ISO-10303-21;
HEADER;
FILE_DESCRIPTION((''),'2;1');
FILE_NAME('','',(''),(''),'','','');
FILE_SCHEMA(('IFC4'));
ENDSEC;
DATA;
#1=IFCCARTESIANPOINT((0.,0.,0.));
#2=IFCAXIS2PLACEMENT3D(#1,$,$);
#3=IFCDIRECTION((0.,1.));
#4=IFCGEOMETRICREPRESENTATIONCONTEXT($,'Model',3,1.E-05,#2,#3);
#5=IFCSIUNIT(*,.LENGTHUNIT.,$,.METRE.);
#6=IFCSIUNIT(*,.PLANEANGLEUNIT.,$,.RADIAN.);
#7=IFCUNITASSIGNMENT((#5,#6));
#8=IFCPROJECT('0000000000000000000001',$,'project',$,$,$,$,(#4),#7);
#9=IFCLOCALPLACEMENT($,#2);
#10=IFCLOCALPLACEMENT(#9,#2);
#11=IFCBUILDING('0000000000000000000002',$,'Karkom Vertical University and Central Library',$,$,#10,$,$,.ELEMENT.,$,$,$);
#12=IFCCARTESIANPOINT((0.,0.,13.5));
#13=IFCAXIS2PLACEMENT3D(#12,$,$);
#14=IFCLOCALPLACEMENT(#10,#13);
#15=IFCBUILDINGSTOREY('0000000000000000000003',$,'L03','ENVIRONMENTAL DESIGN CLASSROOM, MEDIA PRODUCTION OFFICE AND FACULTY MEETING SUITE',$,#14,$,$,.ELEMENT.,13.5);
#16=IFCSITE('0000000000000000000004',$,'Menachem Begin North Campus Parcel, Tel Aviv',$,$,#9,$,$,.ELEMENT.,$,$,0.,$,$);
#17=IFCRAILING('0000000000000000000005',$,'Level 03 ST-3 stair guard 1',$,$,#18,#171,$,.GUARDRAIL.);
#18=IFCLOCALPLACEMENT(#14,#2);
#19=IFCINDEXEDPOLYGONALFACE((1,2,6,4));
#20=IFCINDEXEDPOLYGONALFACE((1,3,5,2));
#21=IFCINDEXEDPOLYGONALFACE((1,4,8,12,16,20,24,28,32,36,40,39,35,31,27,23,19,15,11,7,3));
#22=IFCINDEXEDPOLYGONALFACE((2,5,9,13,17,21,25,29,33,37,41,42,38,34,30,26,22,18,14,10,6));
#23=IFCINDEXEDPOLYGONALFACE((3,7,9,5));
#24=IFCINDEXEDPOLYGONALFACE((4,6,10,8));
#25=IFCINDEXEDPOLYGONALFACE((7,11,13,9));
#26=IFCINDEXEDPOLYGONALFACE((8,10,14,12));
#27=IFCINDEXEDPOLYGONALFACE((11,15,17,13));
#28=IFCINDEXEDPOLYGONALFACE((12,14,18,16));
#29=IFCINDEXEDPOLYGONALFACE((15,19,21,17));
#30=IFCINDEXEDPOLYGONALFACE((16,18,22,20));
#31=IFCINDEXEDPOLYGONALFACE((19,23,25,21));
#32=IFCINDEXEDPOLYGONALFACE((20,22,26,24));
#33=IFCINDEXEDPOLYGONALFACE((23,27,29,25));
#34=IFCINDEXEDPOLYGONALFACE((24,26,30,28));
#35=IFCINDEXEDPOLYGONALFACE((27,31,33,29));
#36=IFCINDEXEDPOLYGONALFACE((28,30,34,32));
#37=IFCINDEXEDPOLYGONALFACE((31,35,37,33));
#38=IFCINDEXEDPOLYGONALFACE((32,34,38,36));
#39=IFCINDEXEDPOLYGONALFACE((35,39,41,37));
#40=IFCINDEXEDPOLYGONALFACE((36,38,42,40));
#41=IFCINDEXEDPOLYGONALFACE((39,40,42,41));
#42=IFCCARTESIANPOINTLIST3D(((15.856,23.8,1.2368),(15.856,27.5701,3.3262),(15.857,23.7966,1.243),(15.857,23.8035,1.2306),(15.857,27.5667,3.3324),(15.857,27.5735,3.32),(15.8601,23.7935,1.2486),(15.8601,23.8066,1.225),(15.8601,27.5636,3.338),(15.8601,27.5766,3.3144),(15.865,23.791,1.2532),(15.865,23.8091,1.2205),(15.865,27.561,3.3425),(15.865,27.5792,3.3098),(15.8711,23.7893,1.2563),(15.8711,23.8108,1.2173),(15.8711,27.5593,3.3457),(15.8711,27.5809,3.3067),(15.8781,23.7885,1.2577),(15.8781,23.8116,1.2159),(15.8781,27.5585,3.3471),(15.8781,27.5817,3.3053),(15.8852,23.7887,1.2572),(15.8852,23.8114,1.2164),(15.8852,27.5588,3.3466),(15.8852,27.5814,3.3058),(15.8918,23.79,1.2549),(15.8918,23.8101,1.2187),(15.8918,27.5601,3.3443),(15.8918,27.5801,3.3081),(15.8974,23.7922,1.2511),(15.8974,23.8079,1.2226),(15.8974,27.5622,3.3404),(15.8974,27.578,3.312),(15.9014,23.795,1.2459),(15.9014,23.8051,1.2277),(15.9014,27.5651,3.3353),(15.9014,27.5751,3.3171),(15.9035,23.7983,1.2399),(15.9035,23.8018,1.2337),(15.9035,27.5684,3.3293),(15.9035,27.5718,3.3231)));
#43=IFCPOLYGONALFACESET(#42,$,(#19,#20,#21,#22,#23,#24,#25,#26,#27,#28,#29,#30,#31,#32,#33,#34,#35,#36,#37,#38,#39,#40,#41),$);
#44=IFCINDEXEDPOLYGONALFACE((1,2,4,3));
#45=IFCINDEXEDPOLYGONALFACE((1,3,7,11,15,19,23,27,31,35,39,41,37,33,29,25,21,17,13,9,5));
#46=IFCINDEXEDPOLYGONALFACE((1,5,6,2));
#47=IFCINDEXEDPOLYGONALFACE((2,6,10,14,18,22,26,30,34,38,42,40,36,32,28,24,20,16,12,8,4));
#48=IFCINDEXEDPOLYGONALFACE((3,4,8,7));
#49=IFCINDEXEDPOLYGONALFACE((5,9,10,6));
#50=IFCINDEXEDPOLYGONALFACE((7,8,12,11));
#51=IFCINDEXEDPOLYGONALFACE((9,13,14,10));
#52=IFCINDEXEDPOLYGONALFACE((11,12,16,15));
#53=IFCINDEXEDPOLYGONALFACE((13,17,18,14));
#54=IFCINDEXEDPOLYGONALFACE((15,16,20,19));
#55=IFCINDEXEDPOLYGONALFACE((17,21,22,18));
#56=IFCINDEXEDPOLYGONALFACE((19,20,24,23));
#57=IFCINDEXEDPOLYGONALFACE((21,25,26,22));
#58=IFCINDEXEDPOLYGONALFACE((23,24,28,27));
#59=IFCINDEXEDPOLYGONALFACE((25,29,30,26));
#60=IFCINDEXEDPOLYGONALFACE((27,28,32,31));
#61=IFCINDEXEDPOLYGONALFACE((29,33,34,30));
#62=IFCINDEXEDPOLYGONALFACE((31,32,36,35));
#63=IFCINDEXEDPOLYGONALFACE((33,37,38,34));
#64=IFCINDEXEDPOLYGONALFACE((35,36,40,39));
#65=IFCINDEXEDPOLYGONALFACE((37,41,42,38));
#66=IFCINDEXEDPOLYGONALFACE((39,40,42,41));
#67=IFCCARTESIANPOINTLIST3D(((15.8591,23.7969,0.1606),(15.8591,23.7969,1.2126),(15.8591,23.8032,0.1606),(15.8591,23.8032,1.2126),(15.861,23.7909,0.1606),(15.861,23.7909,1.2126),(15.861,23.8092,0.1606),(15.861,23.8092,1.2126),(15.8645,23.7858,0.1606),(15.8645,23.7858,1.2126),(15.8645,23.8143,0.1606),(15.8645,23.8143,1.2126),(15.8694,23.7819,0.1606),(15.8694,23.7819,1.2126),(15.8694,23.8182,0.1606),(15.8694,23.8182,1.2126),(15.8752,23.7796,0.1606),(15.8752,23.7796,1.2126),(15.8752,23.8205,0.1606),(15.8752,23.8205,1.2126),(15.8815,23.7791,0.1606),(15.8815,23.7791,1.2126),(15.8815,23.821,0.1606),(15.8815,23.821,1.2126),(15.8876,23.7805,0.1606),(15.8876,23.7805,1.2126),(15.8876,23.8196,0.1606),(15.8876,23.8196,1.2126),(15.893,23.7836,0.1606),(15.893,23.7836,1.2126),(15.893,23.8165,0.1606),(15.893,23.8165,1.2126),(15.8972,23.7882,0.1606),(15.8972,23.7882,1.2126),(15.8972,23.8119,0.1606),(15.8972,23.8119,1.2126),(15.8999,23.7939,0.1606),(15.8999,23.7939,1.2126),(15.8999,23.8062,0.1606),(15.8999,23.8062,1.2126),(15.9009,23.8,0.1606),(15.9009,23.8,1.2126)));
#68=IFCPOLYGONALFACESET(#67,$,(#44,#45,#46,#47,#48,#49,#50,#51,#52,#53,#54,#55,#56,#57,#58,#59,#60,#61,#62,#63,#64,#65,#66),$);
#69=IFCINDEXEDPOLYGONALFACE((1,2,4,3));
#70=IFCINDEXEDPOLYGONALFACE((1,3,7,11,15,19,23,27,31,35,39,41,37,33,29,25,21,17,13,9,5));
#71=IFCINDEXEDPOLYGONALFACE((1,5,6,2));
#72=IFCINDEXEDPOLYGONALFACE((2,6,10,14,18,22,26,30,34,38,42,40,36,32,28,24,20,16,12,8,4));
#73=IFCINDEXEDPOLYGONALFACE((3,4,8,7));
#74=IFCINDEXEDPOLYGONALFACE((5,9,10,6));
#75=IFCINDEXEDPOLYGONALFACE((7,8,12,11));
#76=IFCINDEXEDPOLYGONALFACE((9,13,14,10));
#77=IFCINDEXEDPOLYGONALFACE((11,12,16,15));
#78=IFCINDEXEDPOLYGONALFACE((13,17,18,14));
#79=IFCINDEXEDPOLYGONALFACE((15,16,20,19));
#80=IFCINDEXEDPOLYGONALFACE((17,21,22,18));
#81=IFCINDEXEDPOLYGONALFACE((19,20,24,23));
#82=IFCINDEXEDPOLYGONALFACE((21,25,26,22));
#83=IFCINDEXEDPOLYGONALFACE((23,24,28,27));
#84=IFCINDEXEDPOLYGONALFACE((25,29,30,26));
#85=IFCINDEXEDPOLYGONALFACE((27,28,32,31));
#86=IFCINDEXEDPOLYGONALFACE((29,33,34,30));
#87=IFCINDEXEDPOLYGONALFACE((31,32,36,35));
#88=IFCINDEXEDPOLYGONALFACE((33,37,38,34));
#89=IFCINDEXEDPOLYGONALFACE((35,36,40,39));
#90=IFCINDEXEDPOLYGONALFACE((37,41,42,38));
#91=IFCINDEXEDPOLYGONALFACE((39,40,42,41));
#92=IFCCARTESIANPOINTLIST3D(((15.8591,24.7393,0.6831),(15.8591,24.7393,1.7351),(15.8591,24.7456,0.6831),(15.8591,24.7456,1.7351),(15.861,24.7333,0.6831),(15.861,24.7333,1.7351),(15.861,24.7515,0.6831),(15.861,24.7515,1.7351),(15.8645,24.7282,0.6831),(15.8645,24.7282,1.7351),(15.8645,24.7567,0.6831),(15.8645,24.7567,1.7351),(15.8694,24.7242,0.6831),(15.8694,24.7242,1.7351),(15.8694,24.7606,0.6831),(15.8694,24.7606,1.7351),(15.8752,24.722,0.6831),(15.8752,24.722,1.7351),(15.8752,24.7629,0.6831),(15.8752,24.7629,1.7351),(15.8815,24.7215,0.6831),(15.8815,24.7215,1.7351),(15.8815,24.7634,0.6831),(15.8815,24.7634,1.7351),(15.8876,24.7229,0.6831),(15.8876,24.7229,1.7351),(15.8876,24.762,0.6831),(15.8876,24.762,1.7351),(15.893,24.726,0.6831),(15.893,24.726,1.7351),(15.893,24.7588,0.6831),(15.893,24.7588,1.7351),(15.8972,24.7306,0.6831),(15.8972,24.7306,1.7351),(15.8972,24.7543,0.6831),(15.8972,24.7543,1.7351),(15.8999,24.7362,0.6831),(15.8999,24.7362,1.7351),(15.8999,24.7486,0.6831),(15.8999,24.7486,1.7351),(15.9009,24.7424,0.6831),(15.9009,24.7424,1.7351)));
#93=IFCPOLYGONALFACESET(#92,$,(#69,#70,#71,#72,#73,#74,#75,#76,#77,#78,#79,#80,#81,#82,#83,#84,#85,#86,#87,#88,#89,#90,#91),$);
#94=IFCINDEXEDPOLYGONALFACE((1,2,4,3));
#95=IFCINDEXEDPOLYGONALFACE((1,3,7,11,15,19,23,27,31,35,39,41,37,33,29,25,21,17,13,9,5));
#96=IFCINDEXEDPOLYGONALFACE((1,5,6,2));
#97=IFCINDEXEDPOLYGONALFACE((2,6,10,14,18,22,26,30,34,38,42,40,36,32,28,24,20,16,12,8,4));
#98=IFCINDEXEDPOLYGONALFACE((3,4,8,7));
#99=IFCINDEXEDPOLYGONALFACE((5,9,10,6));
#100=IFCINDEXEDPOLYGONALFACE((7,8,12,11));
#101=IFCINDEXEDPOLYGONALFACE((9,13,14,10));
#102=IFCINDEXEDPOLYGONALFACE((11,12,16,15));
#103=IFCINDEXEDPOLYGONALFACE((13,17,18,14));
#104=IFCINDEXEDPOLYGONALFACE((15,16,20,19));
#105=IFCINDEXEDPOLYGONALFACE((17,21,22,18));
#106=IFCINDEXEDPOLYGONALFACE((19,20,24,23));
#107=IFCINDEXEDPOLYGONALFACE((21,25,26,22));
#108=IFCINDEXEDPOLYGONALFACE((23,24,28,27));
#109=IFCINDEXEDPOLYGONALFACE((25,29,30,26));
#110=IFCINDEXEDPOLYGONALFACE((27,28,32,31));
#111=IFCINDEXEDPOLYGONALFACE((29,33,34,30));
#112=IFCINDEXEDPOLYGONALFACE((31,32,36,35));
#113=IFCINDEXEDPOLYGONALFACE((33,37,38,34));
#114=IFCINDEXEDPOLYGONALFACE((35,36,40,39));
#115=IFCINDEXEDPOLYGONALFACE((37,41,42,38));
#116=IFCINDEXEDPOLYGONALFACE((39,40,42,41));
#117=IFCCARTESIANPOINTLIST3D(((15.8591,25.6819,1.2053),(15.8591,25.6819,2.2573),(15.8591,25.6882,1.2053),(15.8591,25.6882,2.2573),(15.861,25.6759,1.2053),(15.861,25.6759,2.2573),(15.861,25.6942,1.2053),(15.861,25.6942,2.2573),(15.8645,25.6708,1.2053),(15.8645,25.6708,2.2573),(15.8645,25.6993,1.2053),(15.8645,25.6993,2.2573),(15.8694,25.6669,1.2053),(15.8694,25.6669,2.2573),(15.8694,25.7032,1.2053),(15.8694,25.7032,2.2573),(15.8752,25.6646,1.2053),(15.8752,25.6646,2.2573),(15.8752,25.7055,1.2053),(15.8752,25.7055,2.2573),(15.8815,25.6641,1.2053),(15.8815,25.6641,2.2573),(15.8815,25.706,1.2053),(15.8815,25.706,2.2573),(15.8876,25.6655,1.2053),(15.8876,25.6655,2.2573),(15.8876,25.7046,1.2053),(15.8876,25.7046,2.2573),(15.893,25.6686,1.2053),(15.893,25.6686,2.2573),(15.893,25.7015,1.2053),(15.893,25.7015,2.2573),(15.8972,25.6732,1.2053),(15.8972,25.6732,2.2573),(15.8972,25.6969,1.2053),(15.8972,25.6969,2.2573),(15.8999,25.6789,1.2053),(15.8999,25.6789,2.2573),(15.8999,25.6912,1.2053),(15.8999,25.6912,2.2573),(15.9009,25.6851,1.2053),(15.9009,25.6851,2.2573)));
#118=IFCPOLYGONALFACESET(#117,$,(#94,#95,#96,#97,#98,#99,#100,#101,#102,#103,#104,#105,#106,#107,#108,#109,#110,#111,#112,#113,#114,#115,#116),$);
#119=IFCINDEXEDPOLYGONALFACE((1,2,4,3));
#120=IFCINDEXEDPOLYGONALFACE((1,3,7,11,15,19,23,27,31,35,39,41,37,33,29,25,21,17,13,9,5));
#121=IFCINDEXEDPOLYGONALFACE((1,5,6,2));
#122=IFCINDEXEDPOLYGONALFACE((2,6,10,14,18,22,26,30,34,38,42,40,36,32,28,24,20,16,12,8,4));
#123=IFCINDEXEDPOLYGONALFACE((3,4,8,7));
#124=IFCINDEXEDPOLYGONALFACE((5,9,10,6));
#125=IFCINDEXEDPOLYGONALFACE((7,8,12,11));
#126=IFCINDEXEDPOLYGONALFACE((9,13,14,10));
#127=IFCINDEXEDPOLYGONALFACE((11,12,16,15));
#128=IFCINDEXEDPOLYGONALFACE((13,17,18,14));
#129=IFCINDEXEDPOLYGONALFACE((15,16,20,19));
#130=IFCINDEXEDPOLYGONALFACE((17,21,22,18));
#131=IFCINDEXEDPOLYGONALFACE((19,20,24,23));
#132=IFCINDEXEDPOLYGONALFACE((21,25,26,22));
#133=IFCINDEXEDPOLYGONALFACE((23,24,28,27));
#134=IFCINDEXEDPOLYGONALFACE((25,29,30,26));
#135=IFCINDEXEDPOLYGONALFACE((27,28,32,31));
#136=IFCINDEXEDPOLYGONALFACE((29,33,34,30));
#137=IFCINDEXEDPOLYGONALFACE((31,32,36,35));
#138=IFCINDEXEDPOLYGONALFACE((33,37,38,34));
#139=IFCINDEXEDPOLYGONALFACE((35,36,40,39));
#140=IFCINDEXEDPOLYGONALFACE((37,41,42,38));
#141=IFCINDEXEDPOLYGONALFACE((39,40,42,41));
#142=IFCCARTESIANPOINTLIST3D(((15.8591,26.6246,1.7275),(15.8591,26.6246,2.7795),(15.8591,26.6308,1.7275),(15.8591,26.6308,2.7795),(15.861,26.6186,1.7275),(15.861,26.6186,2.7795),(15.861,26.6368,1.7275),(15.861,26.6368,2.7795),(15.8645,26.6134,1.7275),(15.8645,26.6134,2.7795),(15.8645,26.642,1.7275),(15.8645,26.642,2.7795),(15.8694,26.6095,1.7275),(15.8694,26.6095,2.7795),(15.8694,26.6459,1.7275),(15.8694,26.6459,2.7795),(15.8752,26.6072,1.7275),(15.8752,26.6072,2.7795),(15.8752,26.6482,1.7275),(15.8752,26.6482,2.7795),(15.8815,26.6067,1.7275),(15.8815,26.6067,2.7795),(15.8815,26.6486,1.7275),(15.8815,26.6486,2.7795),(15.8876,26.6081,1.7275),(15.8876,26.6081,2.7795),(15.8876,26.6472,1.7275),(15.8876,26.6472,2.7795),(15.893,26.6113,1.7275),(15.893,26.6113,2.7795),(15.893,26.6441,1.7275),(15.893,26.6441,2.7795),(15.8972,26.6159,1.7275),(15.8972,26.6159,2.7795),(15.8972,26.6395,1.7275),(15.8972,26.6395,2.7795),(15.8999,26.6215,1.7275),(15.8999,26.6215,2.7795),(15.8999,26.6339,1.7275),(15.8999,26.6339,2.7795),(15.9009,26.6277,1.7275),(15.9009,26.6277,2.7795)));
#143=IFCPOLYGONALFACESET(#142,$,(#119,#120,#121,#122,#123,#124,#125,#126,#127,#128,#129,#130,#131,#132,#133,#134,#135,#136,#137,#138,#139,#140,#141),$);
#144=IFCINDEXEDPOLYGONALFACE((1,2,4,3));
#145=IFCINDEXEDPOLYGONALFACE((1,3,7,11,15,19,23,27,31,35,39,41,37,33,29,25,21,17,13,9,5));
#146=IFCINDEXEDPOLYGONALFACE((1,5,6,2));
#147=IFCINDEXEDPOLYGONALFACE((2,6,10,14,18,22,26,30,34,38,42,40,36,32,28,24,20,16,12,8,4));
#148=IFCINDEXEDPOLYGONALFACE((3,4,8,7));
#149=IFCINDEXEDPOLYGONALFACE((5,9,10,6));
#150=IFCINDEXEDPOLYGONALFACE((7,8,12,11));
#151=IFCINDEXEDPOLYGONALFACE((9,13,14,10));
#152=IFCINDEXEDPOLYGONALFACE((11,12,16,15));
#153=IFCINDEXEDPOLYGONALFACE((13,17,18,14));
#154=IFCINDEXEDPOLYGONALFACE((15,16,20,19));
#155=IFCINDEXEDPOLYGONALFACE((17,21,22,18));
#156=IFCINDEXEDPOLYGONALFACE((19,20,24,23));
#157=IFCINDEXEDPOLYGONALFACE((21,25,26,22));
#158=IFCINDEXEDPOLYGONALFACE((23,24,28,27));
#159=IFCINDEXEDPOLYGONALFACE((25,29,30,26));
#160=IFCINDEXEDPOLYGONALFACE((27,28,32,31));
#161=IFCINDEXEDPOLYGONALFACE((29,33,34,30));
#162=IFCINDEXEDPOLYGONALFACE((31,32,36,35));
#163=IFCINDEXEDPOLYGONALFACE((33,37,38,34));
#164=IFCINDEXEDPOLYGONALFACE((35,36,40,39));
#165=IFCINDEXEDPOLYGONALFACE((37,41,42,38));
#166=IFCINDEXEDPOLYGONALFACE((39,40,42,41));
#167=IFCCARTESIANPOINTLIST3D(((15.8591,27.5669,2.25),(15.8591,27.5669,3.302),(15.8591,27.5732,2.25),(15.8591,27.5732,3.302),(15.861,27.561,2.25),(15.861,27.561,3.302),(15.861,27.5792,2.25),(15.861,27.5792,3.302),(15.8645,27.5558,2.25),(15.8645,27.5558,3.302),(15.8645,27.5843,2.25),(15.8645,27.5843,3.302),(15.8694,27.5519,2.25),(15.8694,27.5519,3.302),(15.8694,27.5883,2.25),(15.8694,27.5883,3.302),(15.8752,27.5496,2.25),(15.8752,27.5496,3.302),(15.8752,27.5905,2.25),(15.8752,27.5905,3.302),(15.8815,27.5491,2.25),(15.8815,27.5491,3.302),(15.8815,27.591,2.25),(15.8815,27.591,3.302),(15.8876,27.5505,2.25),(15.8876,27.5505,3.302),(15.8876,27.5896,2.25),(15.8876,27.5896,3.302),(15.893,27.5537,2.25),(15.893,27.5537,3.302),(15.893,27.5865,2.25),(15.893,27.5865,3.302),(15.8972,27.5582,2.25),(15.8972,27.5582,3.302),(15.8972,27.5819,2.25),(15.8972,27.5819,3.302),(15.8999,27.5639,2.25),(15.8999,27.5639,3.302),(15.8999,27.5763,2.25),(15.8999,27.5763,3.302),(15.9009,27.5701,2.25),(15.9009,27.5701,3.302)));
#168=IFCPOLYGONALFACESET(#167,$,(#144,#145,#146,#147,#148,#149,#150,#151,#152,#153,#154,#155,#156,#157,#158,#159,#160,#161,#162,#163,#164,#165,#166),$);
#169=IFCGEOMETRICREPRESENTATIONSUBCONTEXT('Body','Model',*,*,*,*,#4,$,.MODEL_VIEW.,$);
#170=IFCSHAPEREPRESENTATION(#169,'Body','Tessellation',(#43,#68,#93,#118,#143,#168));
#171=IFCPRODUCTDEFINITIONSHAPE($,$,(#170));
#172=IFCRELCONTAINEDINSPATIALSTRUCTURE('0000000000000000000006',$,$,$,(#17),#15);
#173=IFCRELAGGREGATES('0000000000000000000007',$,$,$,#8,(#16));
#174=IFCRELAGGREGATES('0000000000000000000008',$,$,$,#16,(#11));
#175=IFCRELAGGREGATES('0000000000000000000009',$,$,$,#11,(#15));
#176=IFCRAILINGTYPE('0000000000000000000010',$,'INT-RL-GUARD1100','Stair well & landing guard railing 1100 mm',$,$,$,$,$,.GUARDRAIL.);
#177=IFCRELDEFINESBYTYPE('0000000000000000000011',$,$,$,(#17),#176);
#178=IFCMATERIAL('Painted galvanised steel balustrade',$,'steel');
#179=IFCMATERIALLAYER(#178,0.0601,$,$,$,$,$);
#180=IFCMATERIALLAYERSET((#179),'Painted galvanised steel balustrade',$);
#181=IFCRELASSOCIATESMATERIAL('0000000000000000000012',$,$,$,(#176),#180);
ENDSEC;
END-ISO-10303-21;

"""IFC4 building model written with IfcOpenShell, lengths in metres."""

from ifc_helpers import new_model, si_unit, direction, frame, origin, origin_2d, place, context, subcontext, project, spatial, circle, extrude, material, layer, layer_set, type_object, element, save


model = new_model("IFC4")

# Units and contexts
model_context = context("Model", 3, precision=1e-05, world=origin(), true_north=direction((0.0, 1.0)))
body_context = subcontext(model_context, "Body", "Model", "MODEL_VIEW")
ifc_project = project(units=[si_unit("LENGTHUNIT", "METRE"), si_unit("PLANEANGLEUNIT", "RADIAN")], contexts=[model_context])

# Site, building, storey
site_placement = place(None, origin())
site = spatial("IfcSite", under=ifc_project, at=site_placement, Name="Menachem Begin North Campus Parcel, Tel Aviv", CompositionType="ELEMENT", RefElevation=0.0)
building_placement = place(site_placement, origin())
building = spatial("IfcBuilding", under=site, at=building_placement, Name="Karkom Vertical University and Central Library", CompositionType="ELEMENT")
storey_placement = place(building_placement, frame((0.0, 0.0, 13.5)))
storey = spatial("IfcBuildingStorey", under=building, at=storey_placement, Name="L03", Description="ENVIRONMENTAL DESIGN CLASSROOM, MEDIA PRODUCTION OFFICE AND FACULTY MEETING SUITE", CompositionType="ELEMENT", Elevation=13.5)

# Railing
ifc_material_1 = material(Name="Painted galvanised steel balustrade", Category="steel")
ifc_layer_1 = layer(ifc_material_1, 0.0601)
ifc_layer_set_1 = layer_set([ifc_layer_1], Name="Painted galvanised steel balustrade")
railing_type_1 = type_object("IfcRailingType", Name="INT-RL-GUARD1100", Description="Stair well & landing guard railing 1100 mm", PredefinedType="GUARDRAIL", material=ifc_layer_set_1)
railing_1_placement = place(storey_placement, frame((15.8799, 23.8, 0.1606)))
element("IfcRailing", 1, at=railing_1_placement, inside=storey, type_object=railing_type_1, Name="Level 03 ST-3 stair guard 1", PredefinedType="GUARDRAIL", context=body_context, shape_type="SweptSolid", body=[
    extrude(circle(Radius=0.0239, at=origin_2d()), frame((0.0, 0.0, 1.0762), z_axis=(0.0, 0.874659, 0.484739), x_axis=(-1.0, 0.0, 0.0)), (0.0, 0.0, 1.0), 4.3103),
    extrude(circle(Radius=0.021, at=origin_2d()), origin(), (0.0, 0.0, 1.0), 1.052),
    extrude(circle(Radius=0.021, at=origin_2d()), frame((0.0, 0.9424, 0.5225)), (0.0, 0.0, 1.0), 1.052),
    extrude(circle(Radius=0.021, at=origin_2d()), frame((0.0, 1.885, 1.0447)), (0.0, 0.0, 1.0), 1.052),
    extrude(circle(Radius=0.021, at=origin_2d()), frame((0.0, 2.8276, 1.5669)), (0.0, 0.0, 1.0), 1.052),
    extrude(circle(Radius=0.021, at=origin_2d()), frame((0.0, 3.77, 2.0894)), (0.0, 0.0, 1.0), 1.052),
])

save(model, "model.ifc")
